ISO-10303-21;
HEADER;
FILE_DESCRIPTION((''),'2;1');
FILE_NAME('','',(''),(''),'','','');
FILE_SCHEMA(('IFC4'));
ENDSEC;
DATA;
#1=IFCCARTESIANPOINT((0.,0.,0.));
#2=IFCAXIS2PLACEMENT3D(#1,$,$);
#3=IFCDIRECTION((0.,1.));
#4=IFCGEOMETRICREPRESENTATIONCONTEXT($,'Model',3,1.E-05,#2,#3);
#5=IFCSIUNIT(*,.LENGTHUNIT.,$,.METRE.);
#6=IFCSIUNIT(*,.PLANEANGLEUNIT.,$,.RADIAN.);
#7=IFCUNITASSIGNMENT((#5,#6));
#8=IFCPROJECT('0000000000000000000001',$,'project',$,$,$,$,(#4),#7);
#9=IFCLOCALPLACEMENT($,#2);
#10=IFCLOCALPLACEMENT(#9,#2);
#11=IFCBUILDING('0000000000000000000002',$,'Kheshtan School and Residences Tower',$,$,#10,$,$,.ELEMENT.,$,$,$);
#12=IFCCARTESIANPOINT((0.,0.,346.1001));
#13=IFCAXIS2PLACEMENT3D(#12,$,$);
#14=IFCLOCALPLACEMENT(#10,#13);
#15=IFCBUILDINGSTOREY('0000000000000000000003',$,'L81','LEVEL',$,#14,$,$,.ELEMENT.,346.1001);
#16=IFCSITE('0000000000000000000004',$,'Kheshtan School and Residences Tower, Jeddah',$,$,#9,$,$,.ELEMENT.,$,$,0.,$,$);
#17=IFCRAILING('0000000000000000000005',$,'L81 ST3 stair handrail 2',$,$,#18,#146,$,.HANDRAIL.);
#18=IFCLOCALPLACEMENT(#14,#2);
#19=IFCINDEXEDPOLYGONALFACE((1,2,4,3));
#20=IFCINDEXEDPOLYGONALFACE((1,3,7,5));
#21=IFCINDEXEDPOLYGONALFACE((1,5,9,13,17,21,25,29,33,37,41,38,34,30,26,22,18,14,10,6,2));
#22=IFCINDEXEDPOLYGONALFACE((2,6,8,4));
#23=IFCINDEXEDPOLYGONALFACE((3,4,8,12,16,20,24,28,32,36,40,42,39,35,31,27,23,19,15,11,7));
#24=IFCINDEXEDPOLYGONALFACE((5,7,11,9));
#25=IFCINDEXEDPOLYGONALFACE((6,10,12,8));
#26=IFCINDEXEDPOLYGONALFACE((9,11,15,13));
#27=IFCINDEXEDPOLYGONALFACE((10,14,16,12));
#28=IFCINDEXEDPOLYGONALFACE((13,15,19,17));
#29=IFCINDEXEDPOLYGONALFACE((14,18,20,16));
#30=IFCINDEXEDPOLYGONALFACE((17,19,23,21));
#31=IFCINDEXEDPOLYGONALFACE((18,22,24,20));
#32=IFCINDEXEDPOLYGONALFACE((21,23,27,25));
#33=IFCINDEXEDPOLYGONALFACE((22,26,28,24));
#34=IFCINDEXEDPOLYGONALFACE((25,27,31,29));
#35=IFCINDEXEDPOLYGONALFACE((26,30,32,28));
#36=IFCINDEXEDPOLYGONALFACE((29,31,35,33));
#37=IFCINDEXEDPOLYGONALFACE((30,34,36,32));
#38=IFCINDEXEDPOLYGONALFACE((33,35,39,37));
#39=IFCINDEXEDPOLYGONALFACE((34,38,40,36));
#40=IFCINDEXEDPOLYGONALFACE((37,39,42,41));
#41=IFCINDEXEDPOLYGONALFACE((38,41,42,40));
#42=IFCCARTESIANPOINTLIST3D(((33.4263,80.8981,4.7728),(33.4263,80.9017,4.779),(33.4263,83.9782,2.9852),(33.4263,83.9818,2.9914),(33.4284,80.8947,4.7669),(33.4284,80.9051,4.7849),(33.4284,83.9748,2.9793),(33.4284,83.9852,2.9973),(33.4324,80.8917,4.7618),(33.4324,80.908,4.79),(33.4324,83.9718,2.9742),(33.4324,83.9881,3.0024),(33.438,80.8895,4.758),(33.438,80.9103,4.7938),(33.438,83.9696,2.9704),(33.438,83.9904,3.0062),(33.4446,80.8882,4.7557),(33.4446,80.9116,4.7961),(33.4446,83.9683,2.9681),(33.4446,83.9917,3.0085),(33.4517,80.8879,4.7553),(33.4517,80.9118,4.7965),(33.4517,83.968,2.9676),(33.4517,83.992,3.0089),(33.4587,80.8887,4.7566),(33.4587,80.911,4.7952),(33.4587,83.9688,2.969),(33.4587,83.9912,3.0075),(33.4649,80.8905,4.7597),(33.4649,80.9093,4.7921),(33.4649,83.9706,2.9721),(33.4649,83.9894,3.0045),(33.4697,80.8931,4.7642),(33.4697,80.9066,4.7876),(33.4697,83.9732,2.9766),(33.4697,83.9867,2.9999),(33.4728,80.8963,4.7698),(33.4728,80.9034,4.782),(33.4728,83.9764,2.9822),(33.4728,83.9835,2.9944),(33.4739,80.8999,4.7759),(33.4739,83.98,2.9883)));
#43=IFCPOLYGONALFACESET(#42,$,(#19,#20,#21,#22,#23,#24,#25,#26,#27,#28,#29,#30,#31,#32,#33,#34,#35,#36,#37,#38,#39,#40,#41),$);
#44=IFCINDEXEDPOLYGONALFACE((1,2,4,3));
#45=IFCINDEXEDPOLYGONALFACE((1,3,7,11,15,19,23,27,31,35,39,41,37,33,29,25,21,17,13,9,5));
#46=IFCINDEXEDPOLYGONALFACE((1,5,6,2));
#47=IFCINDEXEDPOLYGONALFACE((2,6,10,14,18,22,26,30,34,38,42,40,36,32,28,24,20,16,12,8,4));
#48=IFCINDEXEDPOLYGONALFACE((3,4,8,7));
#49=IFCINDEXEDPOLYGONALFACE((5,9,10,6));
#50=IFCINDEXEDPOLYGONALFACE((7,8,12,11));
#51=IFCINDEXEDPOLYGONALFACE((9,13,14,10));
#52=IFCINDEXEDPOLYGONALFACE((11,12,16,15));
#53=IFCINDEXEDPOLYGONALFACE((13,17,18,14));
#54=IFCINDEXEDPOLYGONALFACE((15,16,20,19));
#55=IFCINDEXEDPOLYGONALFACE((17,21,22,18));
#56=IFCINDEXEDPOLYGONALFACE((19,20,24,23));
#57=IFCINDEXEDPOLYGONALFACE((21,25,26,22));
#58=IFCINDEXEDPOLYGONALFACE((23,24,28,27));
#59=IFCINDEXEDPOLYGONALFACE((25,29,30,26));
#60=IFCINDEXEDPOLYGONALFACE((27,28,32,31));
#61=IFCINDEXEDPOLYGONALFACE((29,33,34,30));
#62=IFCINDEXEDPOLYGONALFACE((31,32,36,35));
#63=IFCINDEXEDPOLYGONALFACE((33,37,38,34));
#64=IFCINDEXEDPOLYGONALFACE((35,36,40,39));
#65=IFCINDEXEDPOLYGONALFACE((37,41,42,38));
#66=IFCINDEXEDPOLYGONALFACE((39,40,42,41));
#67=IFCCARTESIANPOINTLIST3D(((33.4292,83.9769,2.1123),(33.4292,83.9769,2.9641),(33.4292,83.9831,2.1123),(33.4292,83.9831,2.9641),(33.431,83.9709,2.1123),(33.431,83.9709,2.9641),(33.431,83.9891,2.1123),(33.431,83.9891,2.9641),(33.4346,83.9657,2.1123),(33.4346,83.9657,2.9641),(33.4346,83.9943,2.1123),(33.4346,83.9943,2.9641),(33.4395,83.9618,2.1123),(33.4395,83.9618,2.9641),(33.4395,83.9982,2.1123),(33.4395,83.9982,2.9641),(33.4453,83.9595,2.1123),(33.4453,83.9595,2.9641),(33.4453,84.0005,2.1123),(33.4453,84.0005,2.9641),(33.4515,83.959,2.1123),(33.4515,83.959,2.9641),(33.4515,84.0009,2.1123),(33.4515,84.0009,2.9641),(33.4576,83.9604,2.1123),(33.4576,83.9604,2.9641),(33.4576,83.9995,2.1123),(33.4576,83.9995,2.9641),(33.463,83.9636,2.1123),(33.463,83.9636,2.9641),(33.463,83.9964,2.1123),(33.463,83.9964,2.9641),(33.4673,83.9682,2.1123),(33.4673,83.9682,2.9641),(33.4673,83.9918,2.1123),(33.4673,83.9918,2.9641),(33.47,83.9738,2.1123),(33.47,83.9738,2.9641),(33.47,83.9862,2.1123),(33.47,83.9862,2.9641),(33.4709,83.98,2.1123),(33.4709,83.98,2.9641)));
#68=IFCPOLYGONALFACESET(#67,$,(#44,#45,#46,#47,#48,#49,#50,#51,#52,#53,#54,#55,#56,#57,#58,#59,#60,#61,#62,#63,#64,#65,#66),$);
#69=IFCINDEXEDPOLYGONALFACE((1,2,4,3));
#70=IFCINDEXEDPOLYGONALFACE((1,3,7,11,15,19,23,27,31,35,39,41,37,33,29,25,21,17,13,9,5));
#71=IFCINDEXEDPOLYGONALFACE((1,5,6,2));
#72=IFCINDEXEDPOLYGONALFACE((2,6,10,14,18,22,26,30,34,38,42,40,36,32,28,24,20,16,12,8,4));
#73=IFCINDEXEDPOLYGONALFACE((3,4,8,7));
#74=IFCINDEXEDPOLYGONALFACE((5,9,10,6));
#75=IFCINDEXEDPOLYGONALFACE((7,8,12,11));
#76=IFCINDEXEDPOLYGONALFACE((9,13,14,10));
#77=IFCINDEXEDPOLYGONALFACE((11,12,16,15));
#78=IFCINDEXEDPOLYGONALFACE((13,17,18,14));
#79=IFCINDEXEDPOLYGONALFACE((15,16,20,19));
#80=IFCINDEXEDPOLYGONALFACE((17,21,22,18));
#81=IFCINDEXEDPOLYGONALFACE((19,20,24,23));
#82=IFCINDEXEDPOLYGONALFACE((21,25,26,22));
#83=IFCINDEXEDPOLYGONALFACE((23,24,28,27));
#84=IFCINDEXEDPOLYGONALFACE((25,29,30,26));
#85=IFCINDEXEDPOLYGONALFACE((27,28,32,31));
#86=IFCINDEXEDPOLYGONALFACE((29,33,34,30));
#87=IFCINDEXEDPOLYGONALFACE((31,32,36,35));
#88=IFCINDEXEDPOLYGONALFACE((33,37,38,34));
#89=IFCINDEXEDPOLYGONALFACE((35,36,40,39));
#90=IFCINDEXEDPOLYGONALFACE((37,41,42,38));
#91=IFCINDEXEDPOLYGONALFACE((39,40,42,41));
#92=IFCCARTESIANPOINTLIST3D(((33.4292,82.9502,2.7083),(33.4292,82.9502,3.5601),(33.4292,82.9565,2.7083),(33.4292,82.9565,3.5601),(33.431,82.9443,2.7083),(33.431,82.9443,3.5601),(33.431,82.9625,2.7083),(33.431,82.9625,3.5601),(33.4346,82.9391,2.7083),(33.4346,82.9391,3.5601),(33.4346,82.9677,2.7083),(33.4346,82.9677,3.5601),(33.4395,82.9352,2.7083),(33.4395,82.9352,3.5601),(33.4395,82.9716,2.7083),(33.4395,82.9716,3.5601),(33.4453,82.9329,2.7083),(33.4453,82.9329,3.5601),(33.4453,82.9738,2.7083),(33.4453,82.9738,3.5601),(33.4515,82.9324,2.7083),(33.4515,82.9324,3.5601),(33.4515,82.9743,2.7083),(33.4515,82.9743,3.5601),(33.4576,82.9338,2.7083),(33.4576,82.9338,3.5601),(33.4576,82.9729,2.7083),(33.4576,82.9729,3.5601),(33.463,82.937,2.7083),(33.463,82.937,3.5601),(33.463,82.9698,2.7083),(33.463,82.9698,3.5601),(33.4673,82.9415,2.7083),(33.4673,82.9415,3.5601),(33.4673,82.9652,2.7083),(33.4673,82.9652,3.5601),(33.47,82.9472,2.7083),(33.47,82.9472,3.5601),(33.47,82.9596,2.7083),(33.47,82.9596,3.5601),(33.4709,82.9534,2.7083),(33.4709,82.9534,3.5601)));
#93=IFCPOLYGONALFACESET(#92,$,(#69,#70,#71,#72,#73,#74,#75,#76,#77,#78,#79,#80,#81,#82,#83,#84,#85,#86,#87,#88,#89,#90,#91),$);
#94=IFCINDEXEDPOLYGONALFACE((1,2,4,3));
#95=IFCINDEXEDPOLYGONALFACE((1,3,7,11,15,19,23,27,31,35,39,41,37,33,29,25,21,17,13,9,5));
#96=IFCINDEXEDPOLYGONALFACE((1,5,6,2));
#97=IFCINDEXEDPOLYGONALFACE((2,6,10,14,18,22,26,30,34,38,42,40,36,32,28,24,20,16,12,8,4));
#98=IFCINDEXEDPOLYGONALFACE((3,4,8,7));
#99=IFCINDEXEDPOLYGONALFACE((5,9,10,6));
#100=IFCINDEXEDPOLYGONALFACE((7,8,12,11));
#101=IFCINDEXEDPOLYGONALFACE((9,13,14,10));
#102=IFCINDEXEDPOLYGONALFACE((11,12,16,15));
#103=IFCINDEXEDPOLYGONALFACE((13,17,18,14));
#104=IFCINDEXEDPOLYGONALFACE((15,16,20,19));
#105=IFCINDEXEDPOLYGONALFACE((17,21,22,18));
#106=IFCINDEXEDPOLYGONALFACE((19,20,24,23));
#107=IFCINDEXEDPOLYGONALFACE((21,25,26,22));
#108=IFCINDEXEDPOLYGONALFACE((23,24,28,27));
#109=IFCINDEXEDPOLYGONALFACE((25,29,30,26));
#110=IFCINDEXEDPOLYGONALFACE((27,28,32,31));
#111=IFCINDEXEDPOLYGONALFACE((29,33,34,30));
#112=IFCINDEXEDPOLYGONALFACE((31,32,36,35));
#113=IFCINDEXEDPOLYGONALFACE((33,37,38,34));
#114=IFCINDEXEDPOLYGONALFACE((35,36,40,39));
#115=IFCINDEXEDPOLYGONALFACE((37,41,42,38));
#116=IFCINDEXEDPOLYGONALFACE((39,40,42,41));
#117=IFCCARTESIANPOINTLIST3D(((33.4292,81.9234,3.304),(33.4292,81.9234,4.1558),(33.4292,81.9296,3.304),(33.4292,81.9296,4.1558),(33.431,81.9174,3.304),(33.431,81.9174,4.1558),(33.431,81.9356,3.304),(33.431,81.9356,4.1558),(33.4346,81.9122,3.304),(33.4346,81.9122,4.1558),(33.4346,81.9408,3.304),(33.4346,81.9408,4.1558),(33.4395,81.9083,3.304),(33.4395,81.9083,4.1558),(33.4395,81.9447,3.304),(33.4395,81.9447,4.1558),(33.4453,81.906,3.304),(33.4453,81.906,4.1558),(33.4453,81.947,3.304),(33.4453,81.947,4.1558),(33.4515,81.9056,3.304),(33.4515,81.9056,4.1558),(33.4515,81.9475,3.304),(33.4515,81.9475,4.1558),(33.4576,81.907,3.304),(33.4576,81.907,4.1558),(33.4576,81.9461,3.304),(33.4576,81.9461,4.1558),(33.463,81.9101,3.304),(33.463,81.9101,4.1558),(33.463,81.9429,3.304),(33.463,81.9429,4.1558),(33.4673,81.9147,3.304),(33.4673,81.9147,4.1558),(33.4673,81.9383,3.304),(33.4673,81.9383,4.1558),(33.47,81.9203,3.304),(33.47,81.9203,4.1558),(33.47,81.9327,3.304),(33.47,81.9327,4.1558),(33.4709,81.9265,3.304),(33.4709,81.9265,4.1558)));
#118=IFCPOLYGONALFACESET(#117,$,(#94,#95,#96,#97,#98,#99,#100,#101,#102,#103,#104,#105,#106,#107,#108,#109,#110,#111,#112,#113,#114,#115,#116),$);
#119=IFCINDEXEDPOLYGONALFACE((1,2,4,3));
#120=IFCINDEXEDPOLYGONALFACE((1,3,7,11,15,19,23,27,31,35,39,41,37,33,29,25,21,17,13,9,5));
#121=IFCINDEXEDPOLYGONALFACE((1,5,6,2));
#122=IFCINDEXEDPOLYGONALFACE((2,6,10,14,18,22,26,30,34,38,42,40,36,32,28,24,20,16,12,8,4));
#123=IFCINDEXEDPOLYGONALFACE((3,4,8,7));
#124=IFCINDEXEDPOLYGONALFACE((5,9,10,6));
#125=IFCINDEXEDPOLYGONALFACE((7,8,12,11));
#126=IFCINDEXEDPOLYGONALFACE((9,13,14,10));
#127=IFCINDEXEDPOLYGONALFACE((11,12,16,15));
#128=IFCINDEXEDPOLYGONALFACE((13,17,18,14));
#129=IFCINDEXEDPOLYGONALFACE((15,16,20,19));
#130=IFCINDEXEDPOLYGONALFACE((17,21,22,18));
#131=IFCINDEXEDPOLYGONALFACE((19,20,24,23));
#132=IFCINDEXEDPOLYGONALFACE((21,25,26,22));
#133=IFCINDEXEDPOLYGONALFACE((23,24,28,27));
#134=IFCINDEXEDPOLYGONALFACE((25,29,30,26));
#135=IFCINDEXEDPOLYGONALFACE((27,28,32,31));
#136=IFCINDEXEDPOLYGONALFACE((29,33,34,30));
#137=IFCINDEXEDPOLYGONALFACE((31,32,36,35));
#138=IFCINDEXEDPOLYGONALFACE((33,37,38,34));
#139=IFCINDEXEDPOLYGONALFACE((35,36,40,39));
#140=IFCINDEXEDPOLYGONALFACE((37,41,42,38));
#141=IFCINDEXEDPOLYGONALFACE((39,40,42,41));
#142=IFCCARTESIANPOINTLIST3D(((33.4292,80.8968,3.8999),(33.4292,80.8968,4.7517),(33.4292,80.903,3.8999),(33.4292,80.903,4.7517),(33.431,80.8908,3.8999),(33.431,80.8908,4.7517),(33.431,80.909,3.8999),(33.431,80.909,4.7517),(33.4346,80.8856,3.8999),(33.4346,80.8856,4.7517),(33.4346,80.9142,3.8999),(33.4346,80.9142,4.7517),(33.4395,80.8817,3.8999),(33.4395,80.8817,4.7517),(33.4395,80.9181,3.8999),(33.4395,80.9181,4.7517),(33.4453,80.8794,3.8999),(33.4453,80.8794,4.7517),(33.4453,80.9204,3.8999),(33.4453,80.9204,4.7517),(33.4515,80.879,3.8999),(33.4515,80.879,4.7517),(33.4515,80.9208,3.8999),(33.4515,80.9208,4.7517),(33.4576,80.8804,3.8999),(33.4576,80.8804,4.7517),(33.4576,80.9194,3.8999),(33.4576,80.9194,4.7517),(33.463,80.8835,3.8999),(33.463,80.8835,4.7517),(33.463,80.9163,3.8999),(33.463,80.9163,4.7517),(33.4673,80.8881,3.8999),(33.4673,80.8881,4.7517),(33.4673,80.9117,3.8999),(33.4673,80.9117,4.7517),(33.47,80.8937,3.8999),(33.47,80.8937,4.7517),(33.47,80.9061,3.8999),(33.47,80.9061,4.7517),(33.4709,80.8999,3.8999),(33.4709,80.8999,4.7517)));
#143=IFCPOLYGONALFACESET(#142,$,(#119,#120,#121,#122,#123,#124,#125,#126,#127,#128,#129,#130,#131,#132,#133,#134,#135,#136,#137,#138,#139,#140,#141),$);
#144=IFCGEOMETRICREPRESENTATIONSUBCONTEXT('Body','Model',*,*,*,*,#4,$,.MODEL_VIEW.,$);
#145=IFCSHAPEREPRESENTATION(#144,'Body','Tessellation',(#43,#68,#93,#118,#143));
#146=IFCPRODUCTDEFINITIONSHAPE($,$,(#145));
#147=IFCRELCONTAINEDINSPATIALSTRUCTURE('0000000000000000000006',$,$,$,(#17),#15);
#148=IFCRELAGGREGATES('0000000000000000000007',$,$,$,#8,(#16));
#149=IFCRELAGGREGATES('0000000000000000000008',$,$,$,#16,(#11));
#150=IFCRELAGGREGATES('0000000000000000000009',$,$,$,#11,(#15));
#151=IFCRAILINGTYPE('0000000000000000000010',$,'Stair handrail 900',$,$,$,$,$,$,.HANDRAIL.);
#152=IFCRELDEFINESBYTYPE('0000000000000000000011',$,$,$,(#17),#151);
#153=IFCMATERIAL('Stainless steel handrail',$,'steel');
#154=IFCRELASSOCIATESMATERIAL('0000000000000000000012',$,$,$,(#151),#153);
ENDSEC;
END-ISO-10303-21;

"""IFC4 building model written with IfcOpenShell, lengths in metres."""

from ifc_helpers import new_model, si_unit, direction, frame, origin, origin_2d, place, context, subcontext, project, spatial, circle, extrude, material, type_object, element, save


model = new_model("IFC4")

# Units and contexts
model_context = context("Model", 3, precision=1e-05, world=origin(), true_north=direction((0.0, 1.0)))
body_context = subcontext(model_context, "Body", "Model", "MODEL_VIEW")
ifc_project = project(units=[si_unit("LENGTHUNIT", "METRE"), si_unit("PLANEANGLEUNIT", "RADIAN")], contexts=[model_context])

# Site, building, storey
site_placement = place(None, origin())
site = spatial("IfcSite", under=ifc_project, at=site_placement, Name="Kheshtan School and Residences Tower, Jeddah", CompositionType="ELEMENT", RefElevation=0.0)
building_placement = place(site_placement, origin())
building = spatial("IfcBuilding", under=site, at=building_placement, Name="Kheshtan School and Residences Tower", CompositionType="ELEMENT")
storey_placement = place(building_placement, frame((0.0, 0.0, 346.1001)))
storey = spatial("IfcBuildingStorey", under=building, at=storey_placement, Name="L81", Description="LEVEL", CompositionType="ELEMENT", Elevation=346.1001)

# Railing
ifc_material_1 = material(Name="Stainless steel handrail", Category="steel")
railing_type_1 = type_object("IfcRailingType", Name="Stair handrail 900", PredefinedType="HANDRAIL", material=ifc_material_1)
railing_1_placement = place(storey_placement, frame((33.45, 83.98, 2.1123)))
element("IfcRailing", 1, at=railing_1_placement, inside=storey, type_object=railing_type_1, Name="L81 ST3 stair handrail 2", PredefinedType="HANDRAIL", context=body_context, shape_type="SweptSolid", body=[
    extrude(circle(Radius=0.0239, at=origin_2d()), frame((0.0, 0.0, 0.876), z_axis=(0.0, -0.864891, 0.50196), x_axis=(1.0, 0.0, 0.0)), (0.0, 0.0, 1.0), 3.5613),
    extrude(circle(Radius=0.021, at=origin_2d()), origin(), (0.0, 0.0, 1.0), 0.8518),
    extrude(circle(Radius=0.021, at=origin_2d()), frame((0.0, -1.0266, 0.5959)), (0.0, 0.0, 1.0), 0.8518),
    extrude(circle(Radius=0.021, at=origin_2d()), frame((0.0, -2.0535, 1.1917)), (0.0, 0.0, 1.0), 0.8518),
    extrude(circle(Radius=0.021, at=origin_2d()), frame((0.0, -3.0801, 1.7876)), (0.0, 0.0, 1.0), 0.8518),
])

save(model, "model.ifc")
